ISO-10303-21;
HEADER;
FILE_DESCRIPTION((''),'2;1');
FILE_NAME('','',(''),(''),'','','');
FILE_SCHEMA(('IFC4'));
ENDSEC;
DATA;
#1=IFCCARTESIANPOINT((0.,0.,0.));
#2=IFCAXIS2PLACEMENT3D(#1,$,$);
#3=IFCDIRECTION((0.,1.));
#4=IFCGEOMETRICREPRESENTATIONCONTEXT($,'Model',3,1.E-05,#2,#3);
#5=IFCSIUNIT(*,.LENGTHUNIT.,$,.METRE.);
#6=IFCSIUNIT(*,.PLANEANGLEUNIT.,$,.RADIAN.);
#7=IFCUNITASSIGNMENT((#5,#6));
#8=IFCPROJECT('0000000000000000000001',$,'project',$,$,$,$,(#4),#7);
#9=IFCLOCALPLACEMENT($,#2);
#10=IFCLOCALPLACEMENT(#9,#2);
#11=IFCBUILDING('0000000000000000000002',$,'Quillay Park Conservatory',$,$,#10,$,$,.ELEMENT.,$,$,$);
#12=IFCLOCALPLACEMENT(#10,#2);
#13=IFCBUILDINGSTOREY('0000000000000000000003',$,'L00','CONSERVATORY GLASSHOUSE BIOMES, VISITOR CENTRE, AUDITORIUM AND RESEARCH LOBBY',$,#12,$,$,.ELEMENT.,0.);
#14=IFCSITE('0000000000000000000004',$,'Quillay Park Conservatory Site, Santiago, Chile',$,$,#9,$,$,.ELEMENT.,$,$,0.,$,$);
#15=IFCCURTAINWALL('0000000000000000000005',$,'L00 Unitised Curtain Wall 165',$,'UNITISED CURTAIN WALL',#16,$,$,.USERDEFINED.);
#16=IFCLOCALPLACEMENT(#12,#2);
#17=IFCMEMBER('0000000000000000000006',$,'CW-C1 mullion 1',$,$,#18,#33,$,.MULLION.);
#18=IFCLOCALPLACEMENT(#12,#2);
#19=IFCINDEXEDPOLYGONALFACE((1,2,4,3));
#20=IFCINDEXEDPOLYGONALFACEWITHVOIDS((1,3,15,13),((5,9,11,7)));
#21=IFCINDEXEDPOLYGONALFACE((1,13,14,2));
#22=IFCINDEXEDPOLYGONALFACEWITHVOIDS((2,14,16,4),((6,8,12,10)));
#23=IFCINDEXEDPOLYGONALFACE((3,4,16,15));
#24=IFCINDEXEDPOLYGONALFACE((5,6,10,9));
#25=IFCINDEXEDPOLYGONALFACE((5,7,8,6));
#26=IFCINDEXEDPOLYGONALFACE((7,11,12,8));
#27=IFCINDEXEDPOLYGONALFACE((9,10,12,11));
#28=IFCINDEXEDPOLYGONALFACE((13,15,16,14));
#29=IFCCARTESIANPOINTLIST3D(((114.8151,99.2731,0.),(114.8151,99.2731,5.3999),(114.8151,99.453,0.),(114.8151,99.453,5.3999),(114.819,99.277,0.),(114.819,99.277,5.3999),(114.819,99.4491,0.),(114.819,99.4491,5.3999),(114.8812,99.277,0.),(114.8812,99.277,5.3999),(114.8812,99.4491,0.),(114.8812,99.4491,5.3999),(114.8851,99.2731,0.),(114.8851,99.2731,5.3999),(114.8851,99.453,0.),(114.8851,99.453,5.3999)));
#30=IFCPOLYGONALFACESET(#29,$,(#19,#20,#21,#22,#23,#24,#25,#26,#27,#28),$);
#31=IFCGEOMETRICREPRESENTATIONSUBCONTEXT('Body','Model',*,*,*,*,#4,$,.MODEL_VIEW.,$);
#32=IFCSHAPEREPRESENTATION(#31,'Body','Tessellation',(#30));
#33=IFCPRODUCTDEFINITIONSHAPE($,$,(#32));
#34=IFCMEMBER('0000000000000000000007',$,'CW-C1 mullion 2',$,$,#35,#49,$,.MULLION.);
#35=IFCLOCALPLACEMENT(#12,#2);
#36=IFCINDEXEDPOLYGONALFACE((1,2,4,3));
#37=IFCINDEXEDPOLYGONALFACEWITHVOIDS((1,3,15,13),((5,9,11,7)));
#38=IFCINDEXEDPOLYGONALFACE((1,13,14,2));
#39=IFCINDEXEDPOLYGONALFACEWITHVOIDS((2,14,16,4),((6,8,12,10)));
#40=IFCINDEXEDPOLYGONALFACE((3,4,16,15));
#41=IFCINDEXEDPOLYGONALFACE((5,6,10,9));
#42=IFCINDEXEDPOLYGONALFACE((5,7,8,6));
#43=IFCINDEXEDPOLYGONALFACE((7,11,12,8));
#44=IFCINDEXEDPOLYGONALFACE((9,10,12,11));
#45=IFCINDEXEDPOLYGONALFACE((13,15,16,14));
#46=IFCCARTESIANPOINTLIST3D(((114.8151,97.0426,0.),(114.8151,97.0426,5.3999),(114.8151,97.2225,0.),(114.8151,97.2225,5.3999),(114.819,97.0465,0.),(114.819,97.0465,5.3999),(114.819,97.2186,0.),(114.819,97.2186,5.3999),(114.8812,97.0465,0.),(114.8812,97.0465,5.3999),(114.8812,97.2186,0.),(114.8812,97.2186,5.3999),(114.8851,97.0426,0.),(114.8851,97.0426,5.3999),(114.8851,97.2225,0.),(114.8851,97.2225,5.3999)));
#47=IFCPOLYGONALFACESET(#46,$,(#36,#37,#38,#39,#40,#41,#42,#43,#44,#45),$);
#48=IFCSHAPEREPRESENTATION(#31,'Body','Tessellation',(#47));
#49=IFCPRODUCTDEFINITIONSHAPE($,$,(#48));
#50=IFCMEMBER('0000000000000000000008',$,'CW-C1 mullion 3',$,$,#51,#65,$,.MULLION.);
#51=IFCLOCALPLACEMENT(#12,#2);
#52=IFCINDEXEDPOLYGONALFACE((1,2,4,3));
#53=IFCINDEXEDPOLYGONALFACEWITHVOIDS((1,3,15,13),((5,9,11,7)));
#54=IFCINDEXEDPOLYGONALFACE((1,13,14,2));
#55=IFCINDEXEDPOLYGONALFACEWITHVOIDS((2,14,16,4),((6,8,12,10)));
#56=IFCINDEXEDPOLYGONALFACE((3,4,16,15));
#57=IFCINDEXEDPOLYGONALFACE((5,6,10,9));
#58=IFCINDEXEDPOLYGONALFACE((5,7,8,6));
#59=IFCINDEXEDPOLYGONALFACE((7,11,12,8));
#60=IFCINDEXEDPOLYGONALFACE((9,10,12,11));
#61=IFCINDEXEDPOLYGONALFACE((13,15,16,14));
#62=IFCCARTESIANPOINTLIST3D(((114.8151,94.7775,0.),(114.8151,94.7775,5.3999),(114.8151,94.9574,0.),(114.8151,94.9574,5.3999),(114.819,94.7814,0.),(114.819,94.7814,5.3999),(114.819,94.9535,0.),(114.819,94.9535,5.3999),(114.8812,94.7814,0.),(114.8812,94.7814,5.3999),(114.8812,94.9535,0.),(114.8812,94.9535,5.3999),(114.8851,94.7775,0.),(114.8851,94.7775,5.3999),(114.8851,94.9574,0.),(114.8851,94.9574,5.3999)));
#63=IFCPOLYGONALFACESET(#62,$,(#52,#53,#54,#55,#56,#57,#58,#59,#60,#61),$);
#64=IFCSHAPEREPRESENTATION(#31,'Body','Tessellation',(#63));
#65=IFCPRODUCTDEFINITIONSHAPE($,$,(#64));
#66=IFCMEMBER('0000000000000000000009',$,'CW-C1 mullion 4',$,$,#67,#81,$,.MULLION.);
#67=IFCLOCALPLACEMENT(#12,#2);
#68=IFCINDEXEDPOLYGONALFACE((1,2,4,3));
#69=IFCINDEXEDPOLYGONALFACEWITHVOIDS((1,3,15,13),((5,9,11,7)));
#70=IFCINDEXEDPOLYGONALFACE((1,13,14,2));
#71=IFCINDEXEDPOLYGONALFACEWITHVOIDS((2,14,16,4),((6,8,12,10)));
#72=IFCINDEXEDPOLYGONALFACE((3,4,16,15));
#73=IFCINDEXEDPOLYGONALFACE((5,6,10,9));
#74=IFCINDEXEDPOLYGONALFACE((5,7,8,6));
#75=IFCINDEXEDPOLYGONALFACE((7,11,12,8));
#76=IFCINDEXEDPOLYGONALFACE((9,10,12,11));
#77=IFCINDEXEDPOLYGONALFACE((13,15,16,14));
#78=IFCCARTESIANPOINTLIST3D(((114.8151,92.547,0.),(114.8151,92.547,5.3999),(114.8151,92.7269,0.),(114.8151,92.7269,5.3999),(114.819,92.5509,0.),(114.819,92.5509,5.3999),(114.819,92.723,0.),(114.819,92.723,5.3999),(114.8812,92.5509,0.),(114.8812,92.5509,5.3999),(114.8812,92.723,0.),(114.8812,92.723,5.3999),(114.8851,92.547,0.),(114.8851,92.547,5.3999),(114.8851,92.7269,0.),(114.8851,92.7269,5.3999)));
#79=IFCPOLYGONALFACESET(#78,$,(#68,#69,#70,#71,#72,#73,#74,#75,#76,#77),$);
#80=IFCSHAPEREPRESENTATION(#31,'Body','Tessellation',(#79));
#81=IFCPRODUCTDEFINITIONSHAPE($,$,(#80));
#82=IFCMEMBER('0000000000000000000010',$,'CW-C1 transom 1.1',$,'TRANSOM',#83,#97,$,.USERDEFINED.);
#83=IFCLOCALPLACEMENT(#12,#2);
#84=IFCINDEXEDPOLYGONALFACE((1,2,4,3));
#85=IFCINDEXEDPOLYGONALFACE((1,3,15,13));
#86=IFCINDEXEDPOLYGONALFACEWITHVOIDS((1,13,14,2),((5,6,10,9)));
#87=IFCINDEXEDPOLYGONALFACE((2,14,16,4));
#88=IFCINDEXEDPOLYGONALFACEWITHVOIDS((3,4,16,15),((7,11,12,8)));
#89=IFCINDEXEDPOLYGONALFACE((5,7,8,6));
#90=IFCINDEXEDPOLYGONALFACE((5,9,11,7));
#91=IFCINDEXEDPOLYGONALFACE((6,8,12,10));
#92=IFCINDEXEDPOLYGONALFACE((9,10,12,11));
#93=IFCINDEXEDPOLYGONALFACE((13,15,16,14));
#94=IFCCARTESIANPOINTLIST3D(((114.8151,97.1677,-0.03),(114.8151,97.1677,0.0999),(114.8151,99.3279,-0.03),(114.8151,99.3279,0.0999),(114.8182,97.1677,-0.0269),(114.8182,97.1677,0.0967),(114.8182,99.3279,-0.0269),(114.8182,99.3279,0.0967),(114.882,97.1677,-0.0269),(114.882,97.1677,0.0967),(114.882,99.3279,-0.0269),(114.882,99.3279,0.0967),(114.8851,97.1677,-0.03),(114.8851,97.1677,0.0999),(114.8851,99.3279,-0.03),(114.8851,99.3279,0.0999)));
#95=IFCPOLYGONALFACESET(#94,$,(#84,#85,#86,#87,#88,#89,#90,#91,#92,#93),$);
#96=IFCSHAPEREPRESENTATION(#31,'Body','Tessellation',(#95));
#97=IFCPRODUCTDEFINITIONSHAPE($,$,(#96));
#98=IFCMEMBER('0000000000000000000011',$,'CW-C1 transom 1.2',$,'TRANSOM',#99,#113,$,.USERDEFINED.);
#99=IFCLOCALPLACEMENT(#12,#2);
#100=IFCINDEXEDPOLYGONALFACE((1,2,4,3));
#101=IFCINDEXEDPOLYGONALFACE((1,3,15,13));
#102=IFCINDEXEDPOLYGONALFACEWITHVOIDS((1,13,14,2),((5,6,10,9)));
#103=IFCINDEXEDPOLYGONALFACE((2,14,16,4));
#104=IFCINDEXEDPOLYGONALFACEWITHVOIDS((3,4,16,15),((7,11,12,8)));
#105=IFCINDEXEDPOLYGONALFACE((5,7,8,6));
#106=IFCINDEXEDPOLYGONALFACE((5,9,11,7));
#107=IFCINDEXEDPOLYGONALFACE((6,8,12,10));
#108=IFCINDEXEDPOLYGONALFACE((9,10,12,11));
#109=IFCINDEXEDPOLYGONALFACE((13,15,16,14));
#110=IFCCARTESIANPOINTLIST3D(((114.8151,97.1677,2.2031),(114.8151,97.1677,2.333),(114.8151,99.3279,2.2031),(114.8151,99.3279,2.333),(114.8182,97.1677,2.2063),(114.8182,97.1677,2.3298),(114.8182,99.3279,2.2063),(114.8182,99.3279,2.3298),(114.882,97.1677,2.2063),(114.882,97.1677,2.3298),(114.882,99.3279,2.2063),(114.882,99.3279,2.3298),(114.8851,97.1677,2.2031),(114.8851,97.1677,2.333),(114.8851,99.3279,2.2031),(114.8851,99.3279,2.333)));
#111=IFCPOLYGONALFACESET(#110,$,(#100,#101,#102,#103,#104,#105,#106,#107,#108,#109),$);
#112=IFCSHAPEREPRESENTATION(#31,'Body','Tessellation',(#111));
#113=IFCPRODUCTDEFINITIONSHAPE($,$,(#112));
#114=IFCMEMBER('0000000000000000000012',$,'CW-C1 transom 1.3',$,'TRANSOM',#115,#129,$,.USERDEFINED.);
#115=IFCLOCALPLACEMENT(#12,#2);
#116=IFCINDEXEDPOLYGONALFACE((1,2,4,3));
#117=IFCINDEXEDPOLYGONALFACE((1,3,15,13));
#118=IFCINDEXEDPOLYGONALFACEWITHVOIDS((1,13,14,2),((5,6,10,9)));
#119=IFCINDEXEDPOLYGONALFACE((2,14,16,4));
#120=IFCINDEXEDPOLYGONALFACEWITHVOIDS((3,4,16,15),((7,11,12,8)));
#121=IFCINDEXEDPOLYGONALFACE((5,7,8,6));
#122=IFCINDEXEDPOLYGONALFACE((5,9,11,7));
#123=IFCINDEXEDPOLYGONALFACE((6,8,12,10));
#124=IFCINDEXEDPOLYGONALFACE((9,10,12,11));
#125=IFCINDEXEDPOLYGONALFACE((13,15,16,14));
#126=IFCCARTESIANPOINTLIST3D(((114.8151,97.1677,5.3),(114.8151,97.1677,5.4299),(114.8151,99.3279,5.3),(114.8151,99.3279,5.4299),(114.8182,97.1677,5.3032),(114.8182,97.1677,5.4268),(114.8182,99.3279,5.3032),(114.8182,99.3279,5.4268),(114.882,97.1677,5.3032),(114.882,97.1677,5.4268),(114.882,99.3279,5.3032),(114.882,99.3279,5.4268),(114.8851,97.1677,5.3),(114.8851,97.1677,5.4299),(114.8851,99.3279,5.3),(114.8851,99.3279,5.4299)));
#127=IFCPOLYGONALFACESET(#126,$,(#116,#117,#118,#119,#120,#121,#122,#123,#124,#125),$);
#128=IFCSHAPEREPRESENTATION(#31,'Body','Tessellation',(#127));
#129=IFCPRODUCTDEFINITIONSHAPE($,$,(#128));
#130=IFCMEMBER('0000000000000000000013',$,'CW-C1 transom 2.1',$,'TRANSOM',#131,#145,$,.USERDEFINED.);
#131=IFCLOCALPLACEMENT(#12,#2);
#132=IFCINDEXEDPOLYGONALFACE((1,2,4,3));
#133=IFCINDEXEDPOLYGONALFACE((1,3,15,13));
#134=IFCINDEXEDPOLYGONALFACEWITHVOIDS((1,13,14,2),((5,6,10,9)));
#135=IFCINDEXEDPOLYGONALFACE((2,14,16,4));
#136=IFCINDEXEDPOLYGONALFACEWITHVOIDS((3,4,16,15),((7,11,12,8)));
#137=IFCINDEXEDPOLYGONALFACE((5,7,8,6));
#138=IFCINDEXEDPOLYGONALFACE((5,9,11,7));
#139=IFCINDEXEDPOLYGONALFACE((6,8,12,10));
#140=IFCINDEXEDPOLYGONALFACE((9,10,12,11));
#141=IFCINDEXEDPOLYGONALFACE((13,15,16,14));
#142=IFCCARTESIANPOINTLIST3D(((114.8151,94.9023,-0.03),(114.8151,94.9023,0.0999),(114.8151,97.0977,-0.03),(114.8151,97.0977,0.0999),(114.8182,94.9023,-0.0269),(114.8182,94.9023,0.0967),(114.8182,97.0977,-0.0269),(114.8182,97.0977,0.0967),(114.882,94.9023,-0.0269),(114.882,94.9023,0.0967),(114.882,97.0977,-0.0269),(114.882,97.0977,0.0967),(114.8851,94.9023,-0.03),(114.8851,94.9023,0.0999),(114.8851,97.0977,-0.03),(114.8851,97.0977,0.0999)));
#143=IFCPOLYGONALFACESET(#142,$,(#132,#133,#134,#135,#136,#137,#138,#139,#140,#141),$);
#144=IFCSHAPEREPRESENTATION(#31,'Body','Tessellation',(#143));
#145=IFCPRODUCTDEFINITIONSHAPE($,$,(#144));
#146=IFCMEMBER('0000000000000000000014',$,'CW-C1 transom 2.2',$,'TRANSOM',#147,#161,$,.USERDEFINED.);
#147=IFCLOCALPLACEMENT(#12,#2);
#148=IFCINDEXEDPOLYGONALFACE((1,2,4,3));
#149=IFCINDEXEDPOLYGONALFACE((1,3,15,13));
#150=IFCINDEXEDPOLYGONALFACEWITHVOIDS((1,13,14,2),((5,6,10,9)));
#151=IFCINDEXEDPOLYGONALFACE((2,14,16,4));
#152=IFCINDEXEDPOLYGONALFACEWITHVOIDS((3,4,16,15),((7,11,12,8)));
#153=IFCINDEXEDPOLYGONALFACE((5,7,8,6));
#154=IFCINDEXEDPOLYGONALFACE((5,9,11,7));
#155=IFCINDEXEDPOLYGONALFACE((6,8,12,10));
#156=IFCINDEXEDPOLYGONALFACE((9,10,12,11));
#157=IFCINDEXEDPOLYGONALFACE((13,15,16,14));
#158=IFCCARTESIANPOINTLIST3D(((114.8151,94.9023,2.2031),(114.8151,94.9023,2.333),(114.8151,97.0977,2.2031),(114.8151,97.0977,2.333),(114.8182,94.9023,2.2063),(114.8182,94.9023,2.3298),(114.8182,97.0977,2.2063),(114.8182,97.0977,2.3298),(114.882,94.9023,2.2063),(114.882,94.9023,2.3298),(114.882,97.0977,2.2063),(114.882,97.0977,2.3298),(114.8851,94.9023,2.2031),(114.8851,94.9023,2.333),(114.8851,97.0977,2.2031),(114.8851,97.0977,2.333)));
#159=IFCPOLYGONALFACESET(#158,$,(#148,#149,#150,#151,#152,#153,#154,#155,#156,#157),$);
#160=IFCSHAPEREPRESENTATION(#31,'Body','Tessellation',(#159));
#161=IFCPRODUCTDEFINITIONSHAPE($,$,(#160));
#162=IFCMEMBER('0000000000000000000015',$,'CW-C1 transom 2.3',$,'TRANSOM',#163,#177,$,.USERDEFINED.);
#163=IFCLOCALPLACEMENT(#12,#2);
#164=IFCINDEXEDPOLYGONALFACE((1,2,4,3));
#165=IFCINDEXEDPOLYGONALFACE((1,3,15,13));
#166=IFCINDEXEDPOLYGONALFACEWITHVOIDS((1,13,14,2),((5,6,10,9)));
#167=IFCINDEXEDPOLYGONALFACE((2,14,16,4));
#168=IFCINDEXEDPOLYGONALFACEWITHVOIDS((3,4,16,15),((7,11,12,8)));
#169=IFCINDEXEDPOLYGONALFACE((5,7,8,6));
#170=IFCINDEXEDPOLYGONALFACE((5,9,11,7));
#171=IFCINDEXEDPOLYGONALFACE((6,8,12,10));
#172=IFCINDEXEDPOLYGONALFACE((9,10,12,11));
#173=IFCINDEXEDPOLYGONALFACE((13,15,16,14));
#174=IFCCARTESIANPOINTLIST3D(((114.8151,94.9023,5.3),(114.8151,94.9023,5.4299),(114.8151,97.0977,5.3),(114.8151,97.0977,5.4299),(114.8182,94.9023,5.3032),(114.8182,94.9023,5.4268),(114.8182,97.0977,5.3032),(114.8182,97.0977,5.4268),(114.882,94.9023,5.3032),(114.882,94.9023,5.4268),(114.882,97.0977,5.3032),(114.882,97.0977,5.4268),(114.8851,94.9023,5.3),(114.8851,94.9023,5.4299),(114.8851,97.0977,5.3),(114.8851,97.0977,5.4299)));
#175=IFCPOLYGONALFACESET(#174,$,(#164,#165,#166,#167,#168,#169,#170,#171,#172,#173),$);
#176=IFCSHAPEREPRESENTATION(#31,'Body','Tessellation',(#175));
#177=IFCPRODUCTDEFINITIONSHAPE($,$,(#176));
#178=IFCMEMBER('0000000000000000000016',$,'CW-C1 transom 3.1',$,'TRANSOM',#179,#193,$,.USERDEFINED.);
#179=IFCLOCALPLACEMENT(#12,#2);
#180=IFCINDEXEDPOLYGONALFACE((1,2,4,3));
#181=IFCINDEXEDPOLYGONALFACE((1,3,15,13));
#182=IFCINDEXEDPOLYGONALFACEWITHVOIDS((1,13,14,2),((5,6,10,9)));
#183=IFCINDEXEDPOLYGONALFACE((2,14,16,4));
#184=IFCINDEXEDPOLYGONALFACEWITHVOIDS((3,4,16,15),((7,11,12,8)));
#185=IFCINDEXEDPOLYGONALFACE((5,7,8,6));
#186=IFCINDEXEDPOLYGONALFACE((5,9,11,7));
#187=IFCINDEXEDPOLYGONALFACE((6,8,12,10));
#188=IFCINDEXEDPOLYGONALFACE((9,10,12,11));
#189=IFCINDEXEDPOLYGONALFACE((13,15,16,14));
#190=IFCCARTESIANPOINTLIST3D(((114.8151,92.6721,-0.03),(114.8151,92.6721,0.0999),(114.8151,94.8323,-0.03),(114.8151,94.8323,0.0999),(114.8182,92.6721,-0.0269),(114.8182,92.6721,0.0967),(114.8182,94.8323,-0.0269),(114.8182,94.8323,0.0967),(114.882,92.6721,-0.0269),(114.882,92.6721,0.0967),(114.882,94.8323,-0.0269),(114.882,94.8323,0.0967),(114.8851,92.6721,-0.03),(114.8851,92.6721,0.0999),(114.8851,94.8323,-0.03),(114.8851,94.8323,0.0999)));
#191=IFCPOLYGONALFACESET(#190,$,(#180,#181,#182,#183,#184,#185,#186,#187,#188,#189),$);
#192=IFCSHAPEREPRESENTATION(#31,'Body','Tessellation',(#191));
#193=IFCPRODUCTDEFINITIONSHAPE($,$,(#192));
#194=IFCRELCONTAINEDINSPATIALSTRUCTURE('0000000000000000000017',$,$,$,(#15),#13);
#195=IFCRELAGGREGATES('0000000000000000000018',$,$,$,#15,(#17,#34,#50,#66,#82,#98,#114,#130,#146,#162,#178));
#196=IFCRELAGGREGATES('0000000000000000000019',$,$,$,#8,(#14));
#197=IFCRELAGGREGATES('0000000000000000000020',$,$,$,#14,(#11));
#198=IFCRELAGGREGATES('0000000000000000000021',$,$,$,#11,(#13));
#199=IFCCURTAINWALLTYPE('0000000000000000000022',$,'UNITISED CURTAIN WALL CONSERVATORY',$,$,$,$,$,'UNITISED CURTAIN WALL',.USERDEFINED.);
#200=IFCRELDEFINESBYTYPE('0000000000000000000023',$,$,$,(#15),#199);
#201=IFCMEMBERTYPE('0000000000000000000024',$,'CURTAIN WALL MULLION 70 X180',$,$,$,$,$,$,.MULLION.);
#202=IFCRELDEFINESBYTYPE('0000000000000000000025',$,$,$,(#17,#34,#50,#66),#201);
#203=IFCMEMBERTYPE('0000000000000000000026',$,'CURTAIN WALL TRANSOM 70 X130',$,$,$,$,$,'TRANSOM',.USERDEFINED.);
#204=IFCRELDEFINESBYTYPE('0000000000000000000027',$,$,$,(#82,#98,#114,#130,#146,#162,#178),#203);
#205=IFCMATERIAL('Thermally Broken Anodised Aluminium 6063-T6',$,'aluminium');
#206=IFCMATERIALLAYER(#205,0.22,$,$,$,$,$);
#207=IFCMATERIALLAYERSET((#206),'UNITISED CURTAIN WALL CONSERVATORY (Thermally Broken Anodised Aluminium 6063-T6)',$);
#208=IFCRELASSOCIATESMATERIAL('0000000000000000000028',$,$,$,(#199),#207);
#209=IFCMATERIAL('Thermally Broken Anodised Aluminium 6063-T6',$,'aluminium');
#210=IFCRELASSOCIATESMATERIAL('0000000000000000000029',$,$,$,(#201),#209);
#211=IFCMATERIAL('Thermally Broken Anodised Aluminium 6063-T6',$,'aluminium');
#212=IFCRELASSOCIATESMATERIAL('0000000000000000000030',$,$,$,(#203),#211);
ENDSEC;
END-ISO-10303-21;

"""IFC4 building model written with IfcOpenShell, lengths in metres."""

from ifc_helpers import new_model, si_unit, direction, frame, origin, origin_2d, place, context, subcontext, project, spatial, hollow_rectangle, extrude, material, layer, layer_set, material_profile, profile_set, type_object, element, aggregate, save


model = new_model("IFC4")

# Units and contexts
model_context = context("Model", 3, precision=1e-05, world=origin(), true_north=direction((0.0, 1.0)))
body_context = subcontext(model_context, "Body", "Model", "MODEL_VIEW")
ifc_project = project(units=[si_unit("LENGTHUNIT", "METRE"), si_unit("PLANEANGLEUNIT", "RADIAN")], contexts=[model_context])

# Site, building, storey
site_placement = place(None, origin())
site = spatial("IfcSite", under=ifc_project, at=site_placement, Name="Quillay Park Conservatory Site, Santiago, Chile", CompositionType="ELEMENT", RefElevation=0.0)
building_placement = place(site_placement, origin())
building = spatial("IfcBuilding", under=site, at=building_placement, Name="Quillay Park Conservatory", CompositionType="ELEMENT")
storey_placement = place(building_placement, origin())
storey = spatial("IfcBuildingStorey", under=building, at=storey_placement, Name="L00", Description="CONSERVATORY GLASSHOUSE BIOMES, VISITOR CENTRE, AUDITORIUM AND RESEARCH LOBBY", CompositionType="ELEMENT", Elevation=0.0)

# Curtain wall, members
ifc_material_1 = material(Name="Thermally Broken Anodised Aluminium 6063-T6", Category="aluminium")
ifc_layer_1 = layer(ifc_material_1, 0.22)
ifc_layer_set_1 = layer_set([ifc_layer_1], Name="UNITISED CURTAIN WALL CONSERVATORY (Thermally Broken Anodised Aluminium 6063-T6)")
curtain_wall_type = type_object("IfcCurtainWallType", Name="UNITISED CURTAIN WALL CONSERVATORY", ElementType="UNITISED CURTAIN WALL", PredefinedType="USERDEFINED", material=ifc_layer_set_1)
curtain_wall_placement = place(storey_placement, origin())
curtain_wall = element("IfcCurtainWall", 1, at=curtain_wall_placement, inside=storey, type_object=curtain_wall_type, Name="L00 Unitised Curtain Wall 165", ObjectType="UNITISED CURTAIN WALL", PredefinedType="USERDEFINED")
ifc_material_2 = material(Name="Thermally Broken Anodised Aluminium 6063-T6", Category="aluminium")
ifc_material_profile_1 = material_profile(ifc_material_2, hollow_rectangle(XDim=0.0701, YDim=0.1799, WallThickness=0.0039, at=origin_2d()), Name="AL70x180x4")
ifc_profile_set_1 = profile_set([ifc_material_profile_1], Name="Thermally Broken Anodised Aluminium 6063-T6")
member_type_1 = type_object("IfcMemberType", Name="CURTAIN WALL MULLION 70 X180", PredefinedType="MULLION", material=ifc_profile_set_1)
member_1_placement = place(storey_placement, frame((114.8501, 99.363, 0.0), z_axis=(0.0, 0.0, 1.0), x_axis=(1.0, 0.0, 0.0)))
member_1 = element("IfcMember", 2, at=member_1_placement, type_object=member_type_1, Name="CW-C1 mullion 1", PredefinedType="MULLION", context=body_context, shape_type="SweptSolid", body=[
    extrude(hollow_rectangle(XDim=0.0701, YDim=0.1799, WallThickness=0.0039, at=origin_2d()), origin(), (0.0, 0.0, 1.0), 5.3999),
])
member_2_placement = place(storey_placement, frame((114.8501, 97.1326, 0.0), z_axis=(0.0, 0.0, 1.0), x_axis=(1.0, 0.0, 0.0)))
member_2 = element("IfcMember", 3, at=member_2_placement, type_object=member_type_1, Name="CW-C1 mullion 2", PredefinedType="MULLION", context=body_context, shape_type="SweptSolid", body=[
    extrude(hollow_rectangle(XDim=0.0701, YDim=0.1799, WallThickness=0.0039, at=origin_2d()), origin(), (0.0, 0.0, 1.0), 5.3999),
])
member_3_placement = place(storey_placement, frame((114.8501, 94.8674, 0.0), z_axis=(0.0, 0.0, 1.0), x_axis=(1.0, 0.0, 0.0)))
member_3 = element("IfcMember", 4, at=member_3_placement, type_object=member_type_1, Name="CW-C1 mullion 3", PredefinedType="MULLION", context=body_context, shape_type="SweptSolid", body=[
    extrude(hollow_rectangle(XDim=0.0701, YDim=0.1799, WallThickness=0.0039, at=origin_2d()), origin(), (0.0, 0.0, 1.0), 5.3999),
])
member_4_placement = place(storey_placement, frame((114.8501, 92.637, 0.0), z_axis=(0.0, 0.0, 1.0), x_axis=(1.0, 0.0, 0.0)))
member_4 = element("IfcMember", 5, at=member_4_placement, type_object=member_type_1, Name="CW-C1 mullion 4", PredefinedType="MULLION", context=body_context, shape_type="SweptSolid", body=[
    extrude(hollow_rectangle(XDim=0.0701, YDim=0.1799, WallThickness=0.0039, at=origin_2d()), origin(), (0.0, 0.0, 1.0), 5.3999),
])
ifc_material_3 = material(Name="Thermally Broken Anodised Aluminium 6063-T6", Category="aluminium")
ifc_material_profile_2 = material_profile(ifc_material_3, hollow_rectangle(XDim=0.0701, YDim=0.1299, WallThickness=0.0032, at=origin_2d()), Name="AL70x130x3.2")
ifc_profile_set_2 = profile_set([ifc_material_profile_2], Name="Thermally Broken Anodised Aluminium 6063-T6")
member_type_2 = type_object("IfcMemberType", Name="CURTAIN WALL TRANSOM 70 X130", ElementType="TRANSOM", PredefinedType="USERDEFINED", material=ifc_profile_set_2)
member_5_placement = place(storey_placement, frame((114.8501, 99.3279, 0.0349), z_axis=(0.0, -1.0, 0.0), x_axis=(1.0, 0.0, 0.0)))
member_5 = element("IfcMember", 6, at=member_5_placement, type_object=member_type_2, Name="CW-C1 transom 1.1", ObjectType="TRANSOM", PredefinedType="USERDEFINED", context=body_context, shape_type="SweptSolid", body=[
    extrude(hollow_rectangle(XDim=0.0701, YDim=0.1299, WallThickness=0.0032, at=origin_2d()), origin(), (0.0, 0.0, 1.0), 2.1602),
])
member_6_placement = place(storey_placement, frame((114.8501, 99.3279, 2.2681), z_axis=(0.0, -1.0, 0.0), x_axis=(1.0, 0.0, 0.0)))
member_6 = element("IfcMember", 7, at=member_6_placement, type_object=member_type_2, Name="CW-C1 transom 1.2", ObjectType="TRANSOM", PredefinedType="USERDEFINED", context=body_context, shape_type="SweptSolid", body=[
    extrude(hollow_rectangle(XDim=0.0701, YDim=0.1299, WallThickness=0.0032, at=origin_2d()), origin(), (0.0, 0.0, 1.0), 2.1602),
])
member_7_placement = place(storey_placement, frame((114.8501, 99.3279, 5.365), z_axis=(0.0, -1.0, 0.0), x_axis=(1.0, 0.0, 0.0)))
member_7 = element("IfcMember", 8, at=member_7_placement, type_object=member_type_2, Name="CW-C1 transom 1.3", ObjectType="TRANSOM", PredefinedType="USERDEFINED", context=body_context, shape_type="SweptSolid", body=[
    extrude(hollow_rectangle(XDim=0.0701, YDim=0.1299, WallThickness=0.0032, at=origin_2d()), origin(), (0.0, 0.0, 1.0), 2.1602),
])
member_8_placement = place(storey_placement, frame((114.8501, 97.0977, 0.0349), z_axis=(0.0, -1.0, 0.0), x_axis=(1.0, 0.0, 0.0)))
member_8 = element("IfcMember", 9, at=member_8_placement, type_object=member_type_2, Name="CW-C1 transom 2.1", ObjectType="TRANSOM", PredefinedType="USERDEFINED", context=body_context, shape_type="SweptSolid", body=[
    extrude(hollow_rectangle(XDim=0.0701, YDim=0.1299, WallThickness=0.0032, at=origin_2d()), origin(), (0.0, 0.0, 1.0), 2.1953),
])
member_9_placement = place(storey_placement, frame((114.8501, 97.0977, 2.2681), z_axis=(0.0, -1.0, 0.0), x_axis=(1.0, 0.0, 0.0)))
member_9 = element("IfcMember", 10, at=member_9_placement, type_object=member_type_2, Name="CW-C1 transom 2.2", ObjectType="TRANSOM", PredefinedType="USERDEFINED", context=body_context, shape_type="SweptSolid", body=[
    extrude(hollow_rectangle(XDim=0.0701, YDim=0.1299, WallThickness=0.0032, at=origin_2d()), origin(), (0.0, 0.0, 1.0), 2.1953),
])
member_10_placement = place(storey_placement, frame((114.8501, 97.0977, 5.365), z_axis=(0.0, -1.0, 0.0), x_axis=(1.0, 0.0, 0.0)))
member_10 = element("IfcMember", 11, at=member_10_placement, type_object=member_type_2, Name="CW-C1 transom 2.3", ObjectType="TRANSOM", PredefinedType="USERDEFINED", context=body_context, shape_type="SweptSolid", body=[
    extrude(hollow_rectangle(XDim=0.0701, YDim=0.1299, WallThickness=0.0032, at=origin_2d()), origin(), (0.0, 0.0, 1.0), 2.1953),
])
member_11_placement = place(storey_placement, frame((114.8501, 94.8323, 0.0349), z_axis=(0.0, -1.0, 0.0), x_axis=(1.0, 0.0, 0.0)))
member_11 = element("IfcMember", 12, at=member_11_placement, type_object=member_type_2, Name="CW-C1 transom 3.1", ObjectType="TRANSOM", PredefinedType="USERDEFINED", context=body_context, shape_type="SweptSolid", body=[
    extrude(hollow_rectangle(XDim=0.0701, YDim=0.1299, WallThickness=0.0032, at=origin_2d()), origin(), (0.0, 0.0, 1.0), 2.1602),
])

aggregate(curtain_wall, [member_1, member_2, member_3, member_4, member_5, member_6, member_7, member_8, member_9, member_10, member_11])

save(model, "model.ifc")
